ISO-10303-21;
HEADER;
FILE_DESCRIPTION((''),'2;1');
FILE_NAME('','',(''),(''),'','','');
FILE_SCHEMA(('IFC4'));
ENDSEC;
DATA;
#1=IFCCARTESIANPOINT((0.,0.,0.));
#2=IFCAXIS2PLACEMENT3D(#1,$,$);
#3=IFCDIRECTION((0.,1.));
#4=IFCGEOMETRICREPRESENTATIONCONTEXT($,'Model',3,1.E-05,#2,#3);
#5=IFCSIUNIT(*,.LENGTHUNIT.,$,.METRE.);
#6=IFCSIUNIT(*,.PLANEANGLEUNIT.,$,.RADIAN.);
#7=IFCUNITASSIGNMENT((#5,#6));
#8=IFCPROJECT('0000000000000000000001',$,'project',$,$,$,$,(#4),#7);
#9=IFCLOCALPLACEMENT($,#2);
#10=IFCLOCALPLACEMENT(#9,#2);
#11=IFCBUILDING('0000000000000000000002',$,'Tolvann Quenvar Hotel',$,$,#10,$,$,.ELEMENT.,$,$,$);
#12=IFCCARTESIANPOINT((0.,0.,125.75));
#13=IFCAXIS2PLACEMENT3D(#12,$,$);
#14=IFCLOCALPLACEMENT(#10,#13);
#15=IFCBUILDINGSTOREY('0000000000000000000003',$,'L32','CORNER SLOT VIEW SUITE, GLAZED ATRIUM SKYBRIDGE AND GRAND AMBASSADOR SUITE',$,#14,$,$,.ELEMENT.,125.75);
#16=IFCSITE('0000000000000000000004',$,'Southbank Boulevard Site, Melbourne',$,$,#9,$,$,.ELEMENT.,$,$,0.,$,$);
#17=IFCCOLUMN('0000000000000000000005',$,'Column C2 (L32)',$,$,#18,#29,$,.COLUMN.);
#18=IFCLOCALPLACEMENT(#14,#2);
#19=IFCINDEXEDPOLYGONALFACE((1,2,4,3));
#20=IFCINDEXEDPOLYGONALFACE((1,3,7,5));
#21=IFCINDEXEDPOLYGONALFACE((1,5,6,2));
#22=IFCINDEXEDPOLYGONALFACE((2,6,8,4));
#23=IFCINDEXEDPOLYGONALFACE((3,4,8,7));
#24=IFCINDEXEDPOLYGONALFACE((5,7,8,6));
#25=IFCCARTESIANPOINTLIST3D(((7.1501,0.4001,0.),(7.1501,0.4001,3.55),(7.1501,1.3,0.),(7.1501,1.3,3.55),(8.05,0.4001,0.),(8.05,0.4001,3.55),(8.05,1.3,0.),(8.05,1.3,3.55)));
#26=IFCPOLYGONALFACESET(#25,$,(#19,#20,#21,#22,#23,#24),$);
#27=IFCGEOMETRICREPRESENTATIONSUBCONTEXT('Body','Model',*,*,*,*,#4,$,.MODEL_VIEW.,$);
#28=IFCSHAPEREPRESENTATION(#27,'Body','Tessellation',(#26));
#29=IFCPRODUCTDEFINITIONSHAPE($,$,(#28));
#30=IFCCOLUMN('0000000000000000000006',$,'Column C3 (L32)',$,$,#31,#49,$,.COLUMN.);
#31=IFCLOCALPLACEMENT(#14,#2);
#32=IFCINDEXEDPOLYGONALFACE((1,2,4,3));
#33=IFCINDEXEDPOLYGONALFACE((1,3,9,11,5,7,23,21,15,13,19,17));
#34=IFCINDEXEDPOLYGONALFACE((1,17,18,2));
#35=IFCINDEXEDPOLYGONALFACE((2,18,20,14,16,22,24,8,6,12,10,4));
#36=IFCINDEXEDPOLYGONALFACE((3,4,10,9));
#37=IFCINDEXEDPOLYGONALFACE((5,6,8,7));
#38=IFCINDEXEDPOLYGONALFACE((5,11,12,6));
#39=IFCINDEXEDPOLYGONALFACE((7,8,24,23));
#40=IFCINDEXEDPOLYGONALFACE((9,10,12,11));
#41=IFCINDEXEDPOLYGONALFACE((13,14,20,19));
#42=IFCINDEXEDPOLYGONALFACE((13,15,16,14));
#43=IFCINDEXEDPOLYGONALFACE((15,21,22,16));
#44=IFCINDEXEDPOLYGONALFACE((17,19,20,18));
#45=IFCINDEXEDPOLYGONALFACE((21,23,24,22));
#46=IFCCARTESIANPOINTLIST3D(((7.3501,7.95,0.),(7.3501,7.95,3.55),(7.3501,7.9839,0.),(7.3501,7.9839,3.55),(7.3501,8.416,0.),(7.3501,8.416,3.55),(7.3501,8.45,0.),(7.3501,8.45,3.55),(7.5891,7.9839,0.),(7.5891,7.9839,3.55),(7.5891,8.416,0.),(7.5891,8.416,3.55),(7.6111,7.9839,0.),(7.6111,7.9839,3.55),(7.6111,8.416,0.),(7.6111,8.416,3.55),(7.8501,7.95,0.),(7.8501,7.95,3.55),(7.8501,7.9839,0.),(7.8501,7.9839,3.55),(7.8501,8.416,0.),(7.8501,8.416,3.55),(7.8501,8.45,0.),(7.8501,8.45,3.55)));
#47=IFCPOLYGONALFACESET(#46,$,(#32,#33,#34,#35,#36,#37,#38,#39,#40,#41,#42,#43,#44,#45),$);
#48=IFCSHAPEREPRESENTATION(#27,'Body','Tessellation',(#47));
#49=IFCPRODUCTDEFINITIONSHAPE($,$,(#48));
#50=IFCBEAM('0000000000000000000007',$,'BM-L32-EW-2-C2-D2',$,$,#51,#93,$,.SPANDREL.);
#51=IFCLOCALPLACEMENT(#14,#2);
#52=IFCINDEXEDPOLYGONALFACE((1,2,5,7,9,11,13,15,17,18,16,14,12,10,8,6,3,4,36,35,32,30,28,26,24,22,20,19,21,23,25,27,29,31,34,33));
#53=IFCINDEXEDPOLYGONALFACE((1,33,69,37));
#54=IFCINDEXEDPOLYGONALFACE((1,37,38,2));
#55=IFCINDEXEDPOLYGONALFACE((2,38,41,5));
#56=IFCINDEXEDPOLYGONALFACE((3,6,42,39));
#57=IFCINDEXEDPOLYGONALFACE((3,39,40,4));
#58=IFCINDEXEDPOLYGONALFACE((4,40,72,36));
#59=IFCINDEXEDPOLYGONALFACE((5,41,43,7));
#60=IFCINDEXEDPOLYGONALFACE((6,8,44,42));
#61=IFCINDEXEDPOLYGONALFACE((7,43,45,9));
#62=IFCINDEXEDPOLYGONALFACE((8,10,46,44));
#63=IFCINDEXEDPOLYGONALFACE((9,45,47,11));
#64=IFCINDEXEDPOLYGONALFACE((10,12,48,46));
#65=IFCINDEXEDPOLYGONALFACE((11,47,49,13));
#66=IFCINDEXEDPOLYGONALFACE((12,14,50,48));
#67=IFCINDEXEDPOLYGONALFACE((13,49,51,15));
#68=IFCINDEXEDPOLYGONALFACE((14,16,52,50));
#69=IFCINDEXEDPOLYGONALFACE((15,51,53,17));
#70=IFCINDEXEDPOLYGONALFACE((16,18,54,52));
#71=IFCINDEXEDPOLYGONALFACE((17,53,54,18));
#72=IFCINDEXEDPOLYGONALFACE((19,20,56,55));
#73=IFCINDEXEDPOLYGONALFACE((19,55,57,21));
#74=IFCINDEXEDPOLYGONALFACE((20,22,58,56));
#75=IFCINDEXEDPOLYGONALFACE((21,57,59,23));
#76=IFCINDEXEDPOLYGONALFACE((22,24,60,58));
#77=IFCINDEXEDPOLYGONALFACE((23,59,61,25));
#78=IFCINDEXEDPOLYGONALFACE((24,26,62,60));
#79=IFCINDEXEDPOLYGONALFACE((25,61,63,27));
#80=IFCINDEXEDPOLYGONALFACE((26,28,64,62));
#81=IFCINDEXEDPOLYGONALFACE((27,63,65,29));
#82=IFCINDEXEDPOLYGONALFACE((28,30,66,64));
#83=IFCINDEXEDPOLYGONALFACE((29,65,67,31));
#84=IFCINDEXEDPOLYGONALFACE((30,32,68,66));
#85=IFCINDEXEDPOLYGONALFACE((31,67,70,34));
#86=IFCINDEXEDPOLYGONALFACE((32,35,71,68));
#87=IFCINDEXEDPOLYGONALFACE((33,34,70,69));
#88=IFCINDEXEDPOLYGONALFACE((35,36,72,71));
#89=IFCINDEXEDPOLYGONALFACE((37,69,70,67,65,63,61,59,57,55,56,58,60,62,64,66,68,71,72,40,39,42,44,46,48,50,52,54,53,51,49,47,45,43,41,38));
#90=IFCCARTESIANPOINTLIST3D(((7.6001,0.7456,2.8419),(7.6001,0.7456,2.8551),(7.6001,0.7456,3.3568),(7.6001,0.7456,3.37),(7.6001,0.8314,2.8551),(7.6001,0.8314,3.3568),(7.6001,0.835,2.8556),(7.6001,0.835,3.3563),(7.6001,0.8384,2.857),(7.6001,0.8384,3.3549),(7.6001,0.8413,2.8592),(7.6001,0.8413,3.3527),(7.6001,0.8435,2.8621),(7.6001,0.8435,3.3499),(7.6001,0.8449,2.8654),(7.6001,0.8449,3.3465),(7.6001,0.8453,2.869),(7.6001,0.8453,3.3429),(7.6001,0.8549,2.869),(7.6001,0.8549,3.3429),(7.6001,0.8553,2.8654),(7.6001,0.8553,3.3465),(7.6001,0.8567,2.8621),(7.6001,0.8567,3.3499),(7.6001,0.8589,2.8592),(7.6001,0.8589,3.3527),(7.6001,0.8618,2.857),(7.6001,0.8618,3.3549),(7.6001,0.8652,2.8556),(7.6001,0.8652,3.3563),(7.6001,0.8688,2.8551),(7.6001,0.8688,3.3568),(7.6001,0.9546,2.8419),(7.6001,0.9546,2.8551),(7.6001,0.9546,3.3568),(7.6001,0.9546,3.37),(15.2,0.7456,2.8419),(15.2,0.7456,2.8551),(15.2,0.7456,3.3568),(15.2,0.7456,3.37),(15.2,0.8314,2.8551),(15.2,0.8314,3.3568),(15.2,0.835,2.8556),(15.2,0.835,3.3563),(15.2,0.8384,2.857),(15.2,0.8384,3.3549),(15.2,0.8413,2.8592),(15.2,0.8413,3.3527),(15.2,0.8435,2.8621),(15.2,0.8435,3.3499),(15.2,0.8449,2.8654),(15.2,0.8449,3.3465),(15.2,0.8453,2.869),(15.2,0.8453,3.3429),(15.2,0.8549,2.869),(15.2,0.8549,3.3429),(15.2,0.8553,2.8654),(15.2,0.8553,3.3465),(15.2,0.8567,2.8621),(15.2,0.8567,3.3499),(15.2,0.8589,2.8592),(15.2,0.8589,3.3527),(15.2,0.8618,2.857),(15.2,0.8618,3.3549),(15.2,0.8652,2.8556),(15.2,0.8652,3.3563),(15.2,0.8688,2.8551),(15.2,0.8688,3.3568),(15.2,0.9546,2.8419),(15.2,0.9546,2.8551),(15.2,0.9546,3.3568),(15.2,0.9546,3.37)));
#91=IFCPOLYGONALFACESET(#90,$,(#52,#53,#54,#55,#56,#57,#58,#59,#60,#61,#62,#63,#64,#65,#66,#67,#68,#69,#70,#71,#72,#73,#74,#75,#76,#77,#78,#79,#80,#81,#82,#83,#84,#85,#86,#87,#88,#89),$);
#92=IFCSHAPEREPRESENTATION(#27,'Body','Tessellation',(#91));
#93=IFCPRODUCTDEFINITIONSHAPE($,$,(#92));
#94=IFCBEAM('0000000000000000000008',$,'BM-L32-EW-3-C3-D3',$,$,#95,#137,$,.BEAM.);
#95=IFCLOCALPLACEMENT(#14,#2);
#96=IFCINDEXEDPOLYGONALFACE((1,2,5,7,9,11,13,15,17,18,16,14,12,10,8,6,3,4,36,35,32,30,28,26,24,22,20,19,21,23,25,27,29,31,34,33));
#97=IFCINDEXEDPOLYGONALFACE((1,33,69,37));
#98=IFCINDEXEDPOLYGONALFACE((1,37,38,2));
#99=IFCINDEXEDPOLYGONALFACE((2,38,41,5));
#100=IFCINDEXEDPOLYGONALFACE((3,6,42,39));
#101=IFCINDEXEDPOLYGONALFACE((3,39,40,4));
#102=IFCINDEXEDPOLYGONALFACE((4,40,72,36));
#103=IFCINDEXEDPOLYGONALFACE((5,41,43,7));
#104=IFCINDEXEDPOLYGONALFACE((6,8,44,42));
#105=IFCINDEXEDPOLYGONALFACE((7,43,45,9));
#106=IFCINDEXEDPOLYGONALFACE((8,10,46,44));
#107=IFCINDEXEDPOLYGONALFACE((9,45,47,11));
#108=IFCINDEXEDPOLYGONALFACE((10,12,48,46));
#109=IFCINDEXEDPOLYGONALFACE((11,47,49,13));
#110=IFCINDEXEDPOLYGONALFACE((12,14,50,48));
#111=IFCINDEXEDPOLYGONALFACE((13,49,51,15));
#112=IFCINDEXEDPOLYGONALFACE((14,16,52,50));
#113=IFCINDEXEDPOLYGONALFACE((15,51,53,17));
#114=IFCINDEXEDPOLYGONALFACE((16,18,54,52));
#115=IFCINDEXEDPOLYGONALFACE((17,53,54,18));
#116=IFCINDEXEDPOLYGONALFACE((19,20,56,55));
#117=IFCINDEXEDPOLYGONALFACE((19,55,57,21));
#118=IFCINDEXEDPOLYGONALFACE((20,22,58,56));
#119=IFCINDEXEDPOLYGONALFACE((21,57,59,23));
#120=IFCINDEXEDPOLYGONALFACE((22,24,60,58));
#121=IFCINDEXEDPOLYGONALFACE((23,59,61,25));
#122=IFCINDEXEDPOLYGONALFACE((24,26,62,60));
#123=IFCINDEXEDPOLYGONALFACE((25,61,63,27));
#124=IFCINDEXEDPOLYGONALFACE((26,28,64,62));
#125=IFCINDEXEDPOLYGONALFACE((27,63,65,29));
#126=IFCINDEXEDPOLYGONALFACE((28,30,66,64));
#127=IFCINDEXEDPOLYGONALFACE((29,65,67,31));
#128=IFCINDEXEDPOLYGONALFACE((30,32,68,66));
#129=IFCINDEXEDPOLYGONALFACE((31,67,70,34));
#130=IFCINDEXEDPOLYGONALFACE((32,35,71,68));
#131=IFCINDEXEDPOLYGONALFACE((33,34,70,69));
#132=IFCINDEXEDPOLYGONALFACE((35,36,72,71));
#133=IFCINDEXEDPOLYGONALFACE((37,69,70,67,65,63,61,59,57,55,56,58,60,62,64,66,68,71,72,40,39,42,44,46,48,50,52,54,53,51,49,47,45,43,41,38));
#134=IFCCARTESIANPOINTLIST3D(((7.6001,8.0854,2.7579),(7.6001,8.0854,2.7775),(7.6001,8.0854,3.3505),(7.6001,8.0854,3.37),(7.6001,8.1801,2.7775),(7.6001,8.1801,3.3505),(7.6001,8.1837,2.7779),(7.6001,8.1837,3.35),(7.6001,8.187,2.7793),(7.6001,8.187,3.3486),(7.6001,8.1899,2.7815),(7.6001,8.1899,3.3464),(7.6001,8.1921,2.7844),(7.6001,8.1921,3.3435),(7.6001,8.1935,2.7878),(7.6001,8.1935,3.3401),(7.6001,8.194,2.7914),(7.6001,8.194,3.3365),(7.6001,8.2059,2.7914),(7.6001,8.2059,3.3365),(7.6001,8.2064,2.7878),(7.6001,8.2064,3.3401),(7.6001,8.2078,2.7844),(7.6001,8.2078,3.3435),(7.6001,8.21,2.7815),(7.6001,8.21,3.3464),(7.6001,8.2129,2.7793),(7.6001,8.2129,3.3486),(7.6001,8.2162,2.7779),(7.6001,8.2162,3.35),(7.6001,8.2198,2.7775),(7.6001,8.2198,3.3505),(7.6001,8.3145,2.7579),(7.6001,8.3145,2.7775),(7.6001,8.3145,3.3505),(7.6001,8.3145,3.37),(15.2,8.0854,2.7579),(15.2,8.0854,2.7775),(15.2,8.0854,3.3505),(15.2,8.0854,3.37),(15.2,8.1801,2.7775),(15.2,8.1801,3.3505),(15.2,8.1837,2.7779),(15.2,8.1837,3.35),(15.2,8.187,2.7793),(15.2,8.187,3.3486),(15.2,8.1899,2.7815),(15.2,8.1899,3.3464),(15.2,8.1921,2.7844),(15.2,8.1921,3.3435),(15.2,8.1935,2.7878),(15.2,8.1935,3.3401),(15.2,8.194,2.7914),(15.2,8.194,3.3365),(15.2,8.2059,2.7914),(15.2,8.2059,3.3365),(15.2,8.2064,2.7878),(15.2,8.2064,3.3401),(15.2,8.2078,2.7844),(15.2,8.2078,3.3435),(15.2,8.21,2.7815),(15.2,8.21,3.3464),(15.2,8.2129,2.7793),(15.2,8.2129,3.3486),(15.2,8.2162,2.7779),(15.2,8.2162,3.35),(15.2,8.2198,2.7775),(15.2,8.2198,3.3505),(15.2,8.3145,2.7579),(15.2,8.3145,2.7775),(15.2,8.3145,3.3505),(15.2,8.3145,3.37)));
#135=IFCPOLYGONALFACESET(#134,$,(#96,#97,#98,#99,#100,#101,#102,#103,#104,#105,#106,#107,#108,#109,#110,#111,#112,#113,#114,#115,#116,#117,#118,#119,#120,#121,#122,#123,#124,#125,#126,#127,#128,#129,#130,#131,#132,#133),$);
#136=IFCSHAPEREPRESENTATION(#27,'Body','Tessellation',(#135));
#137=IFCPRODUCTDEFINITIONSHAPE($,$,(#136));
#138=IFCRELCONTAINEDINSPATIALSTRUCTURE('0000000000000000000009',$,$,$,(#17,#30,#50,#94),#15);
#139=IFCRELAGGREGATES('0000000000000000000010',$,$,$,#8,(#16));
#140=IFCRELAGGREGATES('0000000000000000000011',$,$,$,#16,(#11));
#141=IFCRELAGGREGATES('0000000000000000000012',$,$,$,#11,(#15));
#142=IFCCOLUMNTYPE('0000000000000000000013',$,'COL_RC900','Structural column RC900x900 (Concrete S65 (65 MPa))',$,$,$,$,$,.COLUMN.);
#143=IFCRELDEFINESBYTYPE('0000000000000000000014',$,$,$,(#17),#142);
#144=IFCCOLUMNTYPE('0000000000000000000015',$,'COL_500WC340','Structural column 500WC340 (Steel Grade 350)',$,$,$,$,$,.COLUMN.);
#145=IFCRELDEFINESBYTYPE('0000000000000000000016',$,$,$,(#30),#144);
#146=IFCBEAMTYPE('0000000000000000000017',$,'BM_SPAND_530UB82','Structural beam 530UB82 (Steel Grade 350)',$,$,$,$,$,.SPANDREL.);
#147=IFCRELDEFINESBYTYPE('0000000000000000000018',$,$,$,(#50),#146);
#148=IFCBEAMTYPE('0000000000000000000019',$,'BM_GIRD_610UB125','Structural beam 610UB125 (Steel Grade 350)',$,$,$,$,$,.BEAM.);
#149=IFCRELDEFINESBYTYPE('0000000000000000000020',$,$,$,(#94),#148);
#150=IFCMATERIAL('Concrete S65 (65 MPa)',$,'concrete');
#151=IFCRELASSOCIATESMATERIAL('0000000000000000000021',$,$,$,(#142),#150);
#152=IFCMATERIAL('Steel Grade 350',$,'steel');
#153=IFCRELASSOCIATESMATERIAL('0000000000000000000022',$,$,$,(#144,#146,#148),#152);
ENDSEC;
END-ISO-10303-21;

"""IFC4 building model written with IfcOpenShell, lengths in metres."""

from ifc_helpers import new_model, si_unit, direction, frame, origin, origin_2d, place, context, subcontext, project, spatial, rectangle, i_section, extrude, source, transform, mapped, material, material_profile, profile_set, type_object, type_shapes, element, save


model = new_model("IFC4")

# Units and contexts
model_context = context("Model", 3, precision=1e-05, world=origin(), true_north=direction((0.0, 1.0)))
body_context = subcontext(model_context, "Body", "Model", "MODEL_VIEW")
ifc_project = project(units=[si_unit("LENGTHUNIT", "METRE"), si_unit("PLANEANGLEUNIT", "RADIAN")], contexts=[model_context])

# Site, building, storey
site_placement = place(None, origin())
site = spatial("IfcSite", under=ifc_project, at=site_placement, Name="Southbank Boulevard Site, Melbourne", CompositionType="ELEMENT", RefElevation=0.0)
building_placement = place(site_placement, origin())
building = spatial("IfcBuilding", under=site, at=building_placement, Name="Tolvann Quenvar Hotel", CompositionType="ELEMENT")
storey_placement = place(building_placement, frame((0.0, 0.0, 125.75)))
storey = spatial("IfcBuildingStorey", under=building, at=storey_placement, Name="L32", Description="CORNER SLOT VIEW SUITE, GLAZED ATRIUM SKYBRIDGE AND GRAND AMBASSADOR SUITE", CompositionType="ELEMENT", Elevation=125.75)

# Columns
ifc_material_1 = material(Name="Concrete S65 (65 MPa)", Category="concrete")
ifc_material_profile_1 = material_profile(ifc_material_1, rectangle(XDim=0.8999, YDim=0.8999, at=origin_2d()), Name="RC900x900")
ifc_profile_set_1 = profile_set([ifc_material_profile_1], Name="Concrete S65 (65 MPa)")
column_type_1 = type_object("IfcColumnType", Name="COL_RC900", Description="Structural column RC900x900 (Concrete S65 (65 MPa))", PredefinedType="COLUMN", material=ifc_profile_set_1)
shared_shape_1 = source(origin(), body_context, "Body", "SweptSolid", [
    extrude(rectangle(XDim=0.8999, YDim=0.8999, at=origin_2d()), origin(), (0.0, 0.0, 1.0), 3.55),
])
type_shapes(column_type_1, [shared_shape_1])
column_1_placement = place(storey_placement, frame((7.6001, 0.8501, 0.0), z_axis=(0.0, 0.0, 1.0), x_axis=(1.0, 0.0, 0.0)))
element("IfcColumn", 1, at=column_1_placement, inside=storey, type_object=column_type_1, Name="Column C2 (L32)", PredefinedType="COLUMN", context=body_context, shape_type="MappedRepresentation", body=[
    mapped(shared_shape_1, transform((0.0, 0.0, 0.0), x_axis=(1.0, 0.0, 0.0), y_axis=(0.0, 1.0, 0.0), z_axis=(0.0, 0.0, 1.0), scale=1.0)),
])
ifc_material_2 = material(Name="Steel Grade 350", Category="steel")
ifc_material_profile_2 = material_profile(ifc_material_2, i_section(OverallWidth=0.5, OverallDepth=0.5, WebThickness=0.022, FlangeThickness=0.0339, at=origin_2d()), Name="500WC340")
ifc_profile_set_2 = profile_set([ifc_material_profile_2], Name="Steel Grade 350")
column_type_2 = type_object("IfcColumnType", Name="COL_500WC340", Description="Structural column 500WC340 (Steel Grade 350)", PredefinedType="COLUMN", material=ifc_profile_set_2)
shared_shape_2 = source(origin(), body_context, "Body", "SweptSolid", [
    extrude(i_section(OverallWidth=0.5, OverallDepth=0.5, WebThickness=0.022, FlangeThickness=0.0339, at=origin_2d()), origin(), (0.0, 0.0, 1.0), 3.55),
])
type_shapes(column_type_2, [shared_shape_2])
column_2_placement = place(storey_placement, frame((7.6001, 8.2, 0.0), z_axis=(0.0, 0.0, 1.0), x_axis=(1.0, 0.0, 0.0)))
element("IfcColumn", 2, at=column_2_placement, inside=storey, type_object=column_type_2, Name="Column C3 (L32)", PredefinedType="COLUMN", context=body_context, shape_type="MappedRepresentation", body=[
    mapped(shared_shape_2, transform((0.0, 0.0, 0.0), x_axis=(1.0, 0.0, 0.0), y_axis=(0.0, 1.0, 0.0), z_axis=(0.0, 0.0, 1.0), scale=1.0)),
])

# Beams
ifc_material_profile_3 = material_profile(ifc_material_2, i_section(OverallWidth=0.209, OverallDepth=0.5281, WebThickness=0.0095, FlangeThickness=0.0132, FilletRadius=0.0139, at=origin_2d()), Name="530UB82")
ifc_profile_set_3 = profile_set([ifc_material_profile_3], Name="Steel Grade 350")
beam_type_1 = type_object("IfcBeamType", Name="BM_SPAND_530UB82", Description="Structural beam 530UB82 (Steel Grade 350)", PredefinedType="SPANDREL", material=ifc_profile_set_3)
shared_shape_3 = source(origin(), body_context, "Body", "SweptSolid", [
    extrude(i_section(OverallWidth=0.209, OverallDepth=0.5281, WebThickness=0.0095, FlangeThickness=0.0132, FilletRadius=0.0139, at=origin_2d()), origin(), (0.0, 0.0, 1.0), 7.5999),
])
type_shapes(beam_type_1, [shared_shape_3])
beam_1_placement = place(storey_placement, frame((7.6001, 0.8501, 3.106), z_axis=(1.0, 0.0, 0.0), x_axis=(0.0, 1.0, 0.0)))
element("IfcBeam", 3, at=beam_1_placement, inside=storey, type_object=beam_type_1, Name="BM-L32-EW-2-C2-D2", PredefinedType="SPANDREL", context=body_context, shape_type="MappedRepresentation", body=[
    mapped(shared_shape_3, transform((0.0, 0.0, 0.0), x_axis=(1.0, 0.0, 0.0), y_axis=(0.0, 1.0, 0.0), z_axis=(0.0, 0.0, 1.0), scale=1.0)),
])
ifc_material_profile_4 = material_profile(ifc_material_2, i_section(OverallWidth=0.229, OverallDepth=0.6121, WebThickness=0.012, FlangeThickness=0.0195, FilletRadius=0.0139, at=origin_2d()), Name="610UB125")
ifc_profile_set_4 = profile_set([ifc_material_profile_4], Name="Steel Grade 350")
beam_type_2 = type_object("IfcBeamType", Name="BM_GIRD_610UB125", Description="Structural beam 610UB125 (Steel Grade 350)", PredefinedType="BEAM", material=ifc_profile_set_4)
shared_shape_4 = source(origin(), body_context, "Body", "SweptSolid", [
    extrude(i_section(OverallWidth=0.229, OverallDepth=0.6121, WebThickness=0.012, FlangeThickness=0.0195, FilletRadius=0.0139, at=origin_2d()), origin(), (0.0, 0.0, 1.0), 7.5999),
])
type_shapes(beam_type_2, [shared_shape_4])
beam_2_placement = place(storey_placement, frame((7.6001, 8.2, 3.064), z_axis=(1.0, 0.0, 0.0), x_axis=(0.0, 1.0, 0.0)))
element("IfcBeam", 4, at=beam_2_placement, inside=storey, type_object=beam_type_2, Name="BM-L32-EW-3-C3-D3", PredefinedType="BEAM", context=body_context, shape_type="MappedRepresentation", body=[
    mapped(shared_shape_4, transform((0.0, 0.0, 0.0), x_axis=(1.0, 0.0, 0.0), y_axis=(0.0, 1.0, 0.0), z_axis=(0.0, 0.0, 1.0), scale=1.0)),
])

save(model, "model.ifc")
